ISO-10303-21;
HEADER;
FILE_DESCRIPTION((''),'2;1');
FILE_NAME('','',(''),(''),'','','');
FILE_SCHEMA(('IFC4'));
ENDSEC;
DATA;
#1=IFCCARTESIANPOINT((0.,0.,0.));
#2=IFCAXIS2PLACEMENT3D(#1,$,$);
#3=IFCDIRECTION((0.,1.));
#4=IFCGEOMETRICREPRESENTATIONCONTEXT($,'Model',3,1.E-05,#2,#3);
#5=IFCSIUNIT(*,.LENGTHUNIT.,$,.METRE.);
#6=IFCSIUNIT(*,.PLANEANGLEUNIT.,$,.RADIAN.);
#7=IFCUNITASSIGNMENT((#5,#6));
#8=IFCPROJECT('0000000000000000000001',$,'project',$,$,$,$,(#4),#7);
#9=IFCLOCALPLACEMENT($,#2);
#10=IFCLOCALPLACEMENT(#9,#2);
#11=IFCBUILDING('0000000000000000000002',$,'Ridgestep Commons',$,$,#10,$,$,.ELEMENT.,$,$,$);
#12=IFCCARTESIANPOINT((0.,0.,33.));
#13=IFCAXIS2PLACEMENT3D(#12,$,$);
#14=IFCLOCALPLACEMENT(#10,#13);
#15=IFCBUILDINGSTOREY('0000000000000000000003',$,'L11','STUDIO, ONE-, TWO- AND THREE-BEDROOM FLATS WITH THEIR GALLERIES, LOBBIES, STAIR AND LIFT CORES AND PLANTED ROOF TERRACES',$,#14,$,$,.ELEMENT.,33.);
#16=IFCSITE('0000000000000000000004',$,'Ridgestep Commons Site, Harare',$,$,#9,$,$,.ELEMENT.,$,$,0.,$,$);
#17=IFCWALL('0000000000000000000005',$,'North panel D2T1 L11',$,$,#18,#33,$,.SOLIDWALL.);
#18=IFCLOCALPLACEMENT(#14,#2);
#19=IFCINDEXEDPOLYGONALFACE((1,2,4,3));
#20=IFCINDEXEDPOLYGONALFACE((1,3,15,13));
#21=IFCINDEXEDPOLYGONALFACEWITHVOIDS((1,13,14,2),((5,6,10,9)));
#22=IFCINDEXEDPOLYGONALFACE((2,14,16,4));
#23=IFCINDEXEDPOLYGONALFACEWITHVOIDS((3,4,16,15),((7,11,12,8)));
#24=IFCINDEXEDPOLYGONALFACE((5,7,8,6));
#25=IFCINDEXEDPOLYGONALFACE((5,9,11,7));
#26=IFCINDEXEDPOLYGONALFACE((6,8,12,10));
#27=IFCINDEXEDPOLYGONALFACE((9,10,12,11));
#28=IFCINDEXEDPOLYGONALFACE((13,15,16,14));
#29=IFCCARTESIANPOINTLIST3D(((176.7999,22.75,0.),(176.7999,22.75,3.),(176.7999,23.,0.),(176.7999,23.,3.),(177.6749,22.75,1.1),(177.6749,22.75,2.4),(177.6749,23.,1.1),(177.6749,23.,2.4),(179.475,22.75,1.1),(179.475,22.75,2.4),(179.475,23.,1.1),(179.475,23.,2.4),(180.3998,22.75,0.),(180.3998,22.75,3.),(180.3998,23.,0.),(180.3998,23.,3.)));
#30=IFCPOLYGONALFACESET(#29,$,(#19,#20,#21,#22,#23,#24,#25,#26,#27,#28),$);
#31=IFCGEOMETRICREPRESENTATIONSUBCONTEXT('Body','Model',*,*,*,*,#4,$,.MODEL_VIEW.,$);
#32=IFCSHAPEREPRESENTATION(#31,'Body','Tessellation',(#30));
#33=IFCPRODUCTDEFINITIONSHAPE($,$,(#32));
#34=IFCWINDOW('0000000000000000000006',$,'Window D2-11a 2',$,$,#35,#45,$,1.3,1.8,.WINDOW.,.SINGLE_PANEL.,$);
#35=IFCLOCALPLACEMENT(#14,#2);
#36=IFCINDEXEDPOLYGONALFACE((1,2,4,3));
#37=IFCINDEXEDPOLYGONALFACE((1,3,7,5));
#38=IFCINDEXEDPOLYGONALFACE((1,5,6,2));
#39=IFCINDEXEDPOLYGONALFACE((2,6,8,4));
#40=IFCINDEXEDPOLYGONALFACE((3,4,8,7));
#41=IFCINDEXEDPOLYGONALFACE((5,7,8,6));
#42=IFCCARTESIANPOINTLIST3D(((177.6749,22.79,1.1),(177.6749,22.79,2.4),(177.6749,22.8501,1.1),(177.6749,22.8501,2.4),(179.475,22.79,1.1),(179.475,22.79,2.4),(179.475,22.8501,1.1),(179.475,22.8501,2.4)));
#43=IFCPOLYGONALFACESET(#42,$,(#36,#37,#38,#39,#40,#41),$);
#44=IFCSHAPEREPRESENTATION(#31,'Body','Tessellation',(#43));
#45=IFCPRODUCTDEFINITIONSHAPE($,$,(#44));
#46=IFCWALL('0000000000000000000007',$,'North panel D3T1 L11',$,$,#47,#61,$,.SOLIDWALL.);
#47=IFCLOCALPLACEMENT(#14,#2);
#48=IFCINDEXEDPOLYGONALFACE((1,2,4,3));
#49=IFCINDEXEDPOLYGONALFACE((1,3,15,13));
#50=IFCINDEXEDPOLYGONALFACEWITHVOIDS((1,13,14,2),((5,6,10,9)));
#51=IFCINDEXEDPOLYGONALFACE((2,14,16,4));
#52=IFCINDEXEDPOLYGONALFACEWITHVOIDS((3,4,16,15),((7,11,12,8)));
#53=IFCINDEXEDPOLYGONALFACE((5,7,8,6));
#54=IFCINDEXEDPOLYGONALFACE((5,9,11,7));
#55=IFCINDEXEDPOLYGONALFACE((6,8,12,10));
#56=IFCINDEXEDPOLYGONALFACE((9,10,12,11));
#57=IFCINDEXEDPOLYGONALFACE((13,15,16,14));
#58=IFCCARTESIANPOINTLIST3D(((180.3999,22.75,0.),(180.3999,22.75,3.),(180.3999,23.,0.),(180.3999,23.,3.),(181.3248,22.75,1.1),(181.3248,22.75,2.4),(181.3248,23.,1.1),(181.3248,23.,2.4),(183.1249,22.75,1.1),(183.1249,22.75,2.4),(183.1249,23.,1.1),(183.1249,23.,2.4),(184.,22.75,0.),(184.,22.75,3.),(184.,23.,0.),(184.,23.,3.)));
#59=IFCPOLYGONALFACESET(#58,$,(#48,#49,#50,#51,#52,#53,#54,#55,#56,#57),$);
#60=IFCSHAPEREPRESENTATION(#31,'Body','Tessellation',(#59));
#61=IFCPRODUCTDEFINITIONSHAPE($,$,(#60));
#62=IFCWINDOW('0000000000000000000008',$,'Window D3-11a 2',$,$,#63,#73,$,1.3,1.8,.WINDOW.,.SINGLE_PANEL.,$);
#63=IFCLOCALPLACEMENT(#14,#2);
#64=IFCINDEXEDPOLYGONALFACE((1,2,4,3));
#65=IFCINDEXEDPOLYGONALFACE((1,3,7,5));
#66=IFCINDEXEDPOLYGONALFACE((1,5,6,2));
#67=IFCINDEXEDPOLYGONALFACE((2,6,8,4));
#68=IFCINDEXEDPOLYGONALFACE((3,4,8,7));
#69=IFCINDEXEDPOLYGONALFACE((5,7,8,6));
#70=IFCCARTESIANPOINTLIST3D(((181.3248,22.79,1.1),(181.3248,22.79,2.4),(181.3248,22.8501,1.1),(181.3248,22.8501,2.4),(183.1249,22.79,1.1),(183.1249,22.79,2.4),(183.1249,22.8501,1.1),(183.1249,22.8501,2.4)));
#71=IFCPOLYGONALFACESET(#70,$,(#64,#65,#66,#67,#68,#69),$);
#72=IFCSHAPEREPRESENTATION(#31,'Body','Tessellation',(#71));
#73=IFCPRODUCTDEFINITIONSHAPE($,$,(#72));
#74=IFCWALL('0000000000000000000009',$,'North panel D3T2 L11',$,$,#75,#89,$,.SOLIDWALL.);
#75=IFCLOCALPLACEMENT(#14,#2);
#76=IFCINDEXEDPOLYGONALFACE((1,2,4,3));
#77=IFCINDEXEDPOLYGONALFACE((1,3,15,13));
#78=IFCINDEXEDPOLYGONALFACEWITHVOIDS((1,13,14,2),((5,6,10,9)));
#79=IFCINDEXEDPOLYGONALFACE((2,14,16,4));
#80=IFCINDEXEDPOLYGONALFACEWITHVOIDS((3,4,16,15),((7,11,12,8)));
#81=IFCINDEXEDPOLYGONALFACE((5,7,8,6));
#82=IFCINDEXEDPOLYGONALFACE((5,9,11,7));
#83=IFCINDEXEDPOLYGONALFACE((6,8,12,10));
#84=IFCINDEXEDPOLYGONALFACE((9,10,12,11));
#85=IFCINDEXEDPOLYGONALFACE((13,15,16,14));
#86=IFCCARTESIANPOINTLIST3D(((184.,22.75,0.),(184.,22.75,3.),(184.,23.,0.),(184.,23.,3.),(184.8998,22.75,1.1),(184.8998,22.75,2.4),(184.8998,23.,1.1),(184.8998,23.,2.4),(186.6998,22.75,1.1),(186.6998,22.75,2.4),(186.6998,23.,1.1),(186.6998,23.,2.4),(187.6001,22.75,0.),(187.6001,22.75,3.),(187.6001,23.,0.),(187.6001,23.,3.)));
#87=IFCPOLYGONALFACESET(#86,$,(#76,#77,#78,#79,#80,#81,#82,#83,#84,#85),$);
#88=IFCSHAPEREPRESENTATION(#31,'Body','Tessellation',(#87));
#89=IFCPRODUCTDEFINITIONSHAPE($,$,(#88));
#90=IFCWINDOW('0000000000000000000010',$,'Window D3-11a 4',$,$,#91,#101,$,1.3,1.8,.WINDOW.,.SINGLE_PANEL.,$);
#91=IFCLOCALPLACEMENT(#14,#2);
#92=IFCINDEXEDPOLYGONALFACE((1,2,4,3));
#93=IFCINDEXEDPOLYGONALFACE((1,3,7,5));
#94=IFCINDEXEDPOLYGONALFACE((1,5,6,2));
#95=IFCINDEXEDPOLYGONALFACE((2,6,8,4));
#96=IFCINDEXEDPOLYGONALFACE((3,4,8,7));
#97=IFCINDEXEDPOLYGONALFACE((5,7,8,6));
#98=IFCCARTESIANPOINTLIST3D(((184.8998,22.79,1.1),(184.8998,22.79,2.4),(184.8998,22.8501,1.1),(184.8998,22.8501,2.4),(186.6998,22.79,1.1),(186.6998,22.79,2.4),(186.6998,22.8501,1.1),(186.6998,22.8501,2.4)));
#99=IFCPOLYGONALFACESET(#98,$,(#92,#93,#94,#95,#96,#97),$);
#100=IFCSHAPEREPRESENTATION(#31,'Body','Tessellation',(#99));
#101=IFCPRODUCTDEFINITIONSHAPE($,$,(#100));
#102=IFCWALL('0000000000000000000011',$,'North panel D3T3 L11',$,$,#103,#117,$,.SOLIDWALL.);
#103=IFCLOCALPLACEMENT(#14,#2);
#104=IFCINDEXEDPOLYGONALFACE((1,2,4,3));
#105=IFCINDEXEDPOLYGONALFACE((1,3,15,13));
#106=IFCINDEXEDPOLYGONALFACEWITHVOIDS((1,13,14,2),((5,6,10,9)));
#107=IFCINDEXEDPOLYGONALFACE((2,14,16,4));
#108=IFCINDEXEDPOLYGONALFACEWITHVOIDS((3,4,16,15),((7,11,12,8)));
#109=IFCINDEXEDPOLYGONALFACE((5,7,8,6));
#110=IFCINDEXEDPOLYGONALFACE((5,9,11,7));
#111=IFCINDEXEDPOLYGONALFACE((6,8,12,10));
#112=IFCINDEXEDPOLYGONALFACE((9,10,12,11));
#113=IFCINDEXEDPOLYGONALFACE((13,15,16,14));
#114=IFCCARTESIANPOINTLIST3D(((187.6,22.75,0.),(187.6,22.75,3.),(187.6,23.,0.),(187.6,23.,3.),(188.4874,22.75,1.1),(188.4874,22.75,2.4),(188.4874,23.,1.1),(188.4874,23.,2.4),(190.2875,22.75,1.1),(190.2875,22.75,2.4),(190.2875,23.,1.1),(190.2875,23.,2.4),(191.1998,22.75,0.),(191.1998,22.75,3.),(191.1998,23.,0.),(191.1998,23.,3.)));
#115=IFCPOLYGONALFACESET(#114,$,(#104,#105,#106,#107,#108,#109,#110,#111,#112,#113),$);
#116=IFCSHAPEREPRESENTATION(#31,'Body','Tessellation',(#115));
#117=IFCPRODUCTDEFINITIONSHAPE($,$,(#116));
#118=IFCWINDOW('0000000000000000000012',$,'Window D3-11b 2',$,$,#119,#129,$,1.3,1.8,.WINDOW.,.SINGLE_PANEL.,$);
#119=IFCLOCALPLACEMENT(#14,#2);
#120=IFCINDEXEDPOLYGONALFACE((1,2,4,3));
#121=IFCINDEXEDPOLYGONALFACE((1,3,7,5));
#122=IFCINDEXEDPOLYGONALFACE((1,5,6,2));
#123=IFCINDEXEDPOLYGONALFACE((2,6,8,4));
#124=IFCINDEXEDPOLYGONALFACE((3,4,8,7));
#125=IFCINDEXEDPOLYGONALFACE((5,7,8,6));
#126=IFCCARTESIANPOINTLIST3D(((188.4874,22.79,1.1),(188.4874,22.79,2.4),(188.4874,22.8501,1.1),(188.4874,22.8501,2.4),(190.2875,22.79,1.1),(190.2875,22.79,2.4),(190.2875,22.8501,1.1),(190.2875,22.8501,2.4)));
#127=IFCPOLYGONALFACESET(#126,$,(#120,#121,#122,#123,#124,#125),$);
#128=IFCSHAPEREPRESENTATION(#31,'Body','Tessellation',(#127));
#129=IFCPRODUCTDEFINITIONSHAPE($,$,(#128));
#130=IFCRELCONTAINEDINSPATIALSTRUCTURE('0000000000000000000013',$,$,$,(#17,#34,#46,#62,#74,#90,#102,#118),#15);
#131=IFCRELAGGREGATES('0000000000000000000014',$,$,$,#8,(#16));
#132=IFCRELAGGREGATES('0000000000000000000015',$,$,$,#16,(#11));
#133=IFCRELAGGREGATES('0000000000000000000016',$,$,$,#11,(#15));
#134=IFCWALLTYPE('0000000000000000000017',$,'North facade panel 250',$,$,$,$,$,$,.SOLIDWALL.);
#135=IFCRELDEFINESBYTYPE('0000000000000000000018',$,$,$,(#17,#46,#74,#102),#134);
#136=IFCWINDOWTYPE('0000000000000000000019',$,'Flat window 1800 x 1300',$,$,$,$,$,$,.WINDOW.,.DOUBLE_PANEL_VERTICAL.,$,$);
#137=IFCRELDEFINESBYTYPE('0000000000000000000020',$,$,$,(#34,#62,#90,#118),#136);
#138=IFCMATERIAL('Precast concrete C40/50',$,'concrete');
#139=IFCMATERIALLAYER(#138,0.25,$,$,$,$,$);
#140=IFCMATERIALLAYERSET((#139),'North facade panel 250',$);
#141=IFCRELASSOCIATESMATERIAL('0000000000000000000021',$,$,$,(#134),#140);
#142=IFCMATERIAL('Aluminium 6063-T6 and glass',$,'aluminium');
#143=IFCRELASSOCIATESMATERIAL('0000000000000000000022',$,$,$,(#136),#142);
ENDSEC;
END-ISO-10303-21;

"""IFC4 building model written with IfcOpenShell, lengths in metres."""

from ifc_helpers import new_model, si_unit, direction, frame, frame_2d, origin, place, context, subcontext, project, spatial, rectangle, extrude, material, layer, layer_set, type_object, element, fill, save


model = new_model("IFC4")

# Units and contexts
model_context = context("Model", 3, precision=1e-05, world=origin(), true_north=direction((0.0, 1.0)))
body_context = subcontext(model_context, "Body", "Model", "MODEL_VIEW")
ifc_project = project(units=[si_unit("LENGTHUNIT", "METRE"), si_unit("PLANEANGLEUNIT", "RADIAN")], contexts=[model_context])

# Site, building, storey
site_placement = place(None, origin())
site = spatial("IfcSite", under=ifc_project, at=site_placement, Name="Ridgestep Commons Site, Harare", CompositionType="ELEMENT", RefElevation=0.0)
building_placement = place(site_placement, origin())
building = spatial("IfcBuilding", under=site, at=building_placement, Name="Ridgestep Commons", CompositionType="ELEMENT")
storey_placement = place(building_placement, frame((0.0, 0.0, 33.0)))
storey = spatial("IfcBuildingStorey", under=building, at=storey_placement, Name="L11", Description="STUDIO, ONE-, TWO- AND THREE-BEDROOM FLATS WITH THEIR GALLERIES, LOBBIES, STAIR AND LIFT CORES AND PLANTED ROOF TERRACES", CompositionType="ELEMENT", Elevation=33.0)

# Walls, openings, windows
ifc_material_1 = material(Name="Precast concrete C40/50", Category="concrete")
ifc_layer_1 = layer(ifc_material_1, 0.25)
ifc_layer_set_1 = layer_set([ifc_layer_1], Name="North facade panel 250")
wall_type_1 = type_object("IfcWallType", Name="North facade panel 250", PredefinedType="SOLIDWALL", material=ifc_layer_set_1)
wall_1_placement = place(storey_placement, frame((176.8, 22.875, 0.0), z_axis=(0.0, 0.0, 1.0), x_axis=(1.0, 0.0, 0.0)))
wall_1 = element("IfcWall", 1, at=wall_1_placement, inside=storey, type_object=wall_type_1, Name="North panel D2T1 L11", PredefinedType="SOLIDWALL", context=body_context, shape_type="SweptSolid", body=[
    extrude(rectangle(XDim=3.5999, YDim=0.25, at=frame_2d((1.7998, 0.0))), origin(), (0.0, 0.0, 1.0), 3.0),
])
opening_1_placement = place(wall_1_placement, frame((0.875, 0.0, 1.1001)))
opening_1 = element("IfcOpeningElement", 2, at=opening_1_placement, cuts=wall_1, PredefinedType="OPENING", context=body_context, shape_type="SweptSolid", body=[
    extrude(rectangle(XDim=1.8, YDim=1.3, at=frame_2d((0.8999, 0.6499))), frame((0.0, 0.135, 0.0), z_axis=(0.0, -1.0, 0.0), x_axis=(1.0, 0.0, 0.0)), (0.0, 0.0, 1.0), 0.27),
])
ifc_material_2 = material(Name="Aluminium 6063-T6 and glass", Category="aluminium")
window_type = type_object("IfcWindowType", Name="Flat window 1800 x 1300", PartitioningType="DOUBLE_PANEL_VERTICAL", PredefinedType="WINDOW", material=ifc_material_2)
window_1_placement = place(opening_1_placement, origin())
window_1 = element("IfcWindow", 3, at=window_1_placement, inside=storey, type_object=window_type, Name="Window D2-11a 2", OverallHeight=1.3, OverallWidth=1.8, PartitioningType="SINGLE_PANEL", PredefinedType="WINDOW", context=body_context, shape_type="SweptSolid", body=[
    extrude(rectangle(XDim=1.8, YDim=1.3, at=frame_2d((0.8999, 0.6499))), frame((0.0, -0.0249, 0.0), z_axis=(0.0, -1.0, 0.0), x_axis=(1.0, 0.0, 0.0)), (0.0, 0.0, 1.0), 0.0601),
])
fill(opening_1, window_1)
wall_2_placement = place(storey_placement, frame((180.3999, 22.875, 0.0), z_axis=(0.0, 0.0, 1.0), x_axis=(1.0, 0.0, 0.0)))
wall_2 = element("IfcWall", 4, at=wall_2_placement, inside=storey, type_object=wall_type_1, Name="North panel D3T1 L11", PredefinedType="SOLIDWALL", context=body_context, shape_type="SweptSolid", body=[
    extrude(rectangle(XDim=3.6001, YDim=0.25, at=frame_2d((1.8, 0.0))), origin(), (0.0, 0.0, 1.0), 3.0),
])
opening_2_placement = place(wall_2_placement, frame((0.925, 0.0, 1.1001)))
opening_2 = element("IfcOpeningElement", 5, at=opening_2_placement, cuts=wall_2, PredefinedType="OPENING", context=body_context, shape_type="SweptSolid", body=[
    extrude(rectangle(XDim=1.8, YDim=1.3, at=frame_2d((0.8999, 0.6499))), frame((0.0, 0.135, 0.0), z_axis=(0.0, -1.0, 0.0), x_axis=(1.0, 0.0, 0.0)), (0.0, 0.0, 1.0), 0.27),
])
window_2_placement = place(opening_2_placement, origin())
window_2 = element("IfcWindow", 6, at=window_2_placement, inside=storey, type_object=window_type, Name="Window D3-11a 2", OverallHeight=1.3, OverallWidth=1.8, PartitioningType="SINGLE_PANEL", PredefinedType="WINDOW", context=body_context, shape_type="SweptSolid", body=[
    extrude(rectangle(XDim=1.8, YDim=1.3, at=frame_2d((0.8999, 0.6499))), frame((0.0, -0.0249, 0.0), z_axis=(0.0, -1.0, 0.0), x_axis=(1.0, 0.0, 0.0)), (0.0, 0.0, 1.0), 0.0601),
])
fill(opening_2, window_2)
wall_3_placement = place(storey_placement, frame((184.0, 22.875, 0.0), z_axis=(0.0, 0.0, 1.0), x_axis=(1.0, 0.0, 0.0)))
wall_3 = element("IfcWall", 7, at=wall_3_placement, inside=storey, type_object=wall_type_1, Name="North panel D3T2 L11", PredefinedType="SOLIDWALL", context=body_context, shape_type="SweptSolid", body=[
    extrude(rectangle(XDim=3.6001, YDim=0.25, at=frame_2d((1.8, 0.0))), origin(), (0.0, 0.0, 1.0), 3.0),
])
opening_3_placement = place(wall_3_placement, frame((0.8999, 0.0, 1.1001)))
opening_3 = element("IfcOpeningElement", 8, at=opening_3_placement, cuts=wall_3, PredefinedType="OPENING", context=body_context, shape_type="SweptSolid", body=[
    extrude(rectangle(XDim=1.8, YDim=1.3, at=frame_2d((0.8999, 0.6499))), frame((0.0, 0.135, 0.0), z_axis=(0.0, -1.0, 0.0), x_axis=(1.0, 0.0, 0.0)), (0.0, 0.0, 1.0), 0.27),
])
window_3_placement = place(opening_3_placement, origin())
window_3 = element("IfcWindow", 9, at=window_3_placement, inside=storey, type_object=window_type, Name="Window D3-11a 4", OverallHeight=1.3, OverallWidth=1.8, PartitioningType="SINGLE_PANEL", PredefinedType="WINDOW", context=body_context, shape_type="SweptSolid", body=[
    extrude(rectangle(XDim=1.8, YDim=1.3, at=frame_2d((0.8999, 0.6499))), frame((0.0, -0.0249, 0.0), z_axis=(0.0, -1.0, 0.0), x_axis=(1.0, 0.0, 0.0)), (0.0, 0.0, 1.0), 0.0601),
])
fill(opening_3, window_3)
wall_4_placement = place(storey_placement, frame((187.6001, 22.875, 0.0), z_axis=(0.0, 0.0, 1.0), x_axis=(1.0, 0.0, 0.0)))
wall_4 = element("IfcWall", 10, at=wall_4_placement, inside=storey, type_object=wall_type_1, Name="North panel D3T3 L11", PredefinedType="SOLIDWALL", context=body_context, shape_type="SweptSolid", body=[
    extrude(rectangle(XDim=3.5999, YDim=0.25, at=frame_2d((1.7998, 0.0))), origin(), (0.0, 0.0, 1.0), 3.0),
])
opening_4_placement = place(wall_4_placement, frame((0.8875, 0.0, 1.1001)))
opening_4 = element("IfcOpeningElement", 11, at=opening_4_placement, cuts=wall_4, PredefinedType="OPENING", context=body_context, shape_type="SweptSolid", body=[
    extrude(rectangle(XDim=1.8, YDim=1.3, at=frame_2d((0.8999, 0.6499))), frame((0.0, 0.135, 0.0), z_axis=(0.0, -1.0, 0.0), x_axis=(1.0, 0.0, 0.0)), (0.0, 0.0, 1.0), 0.27),
])
window_4_placement = place(opening_4_placement, origin())
window_4 = element("IfcWindow", 12, at=window_4_placement, inside=storey, type_object=window_type, Name="Window D3-11b 2", OverallHeight=1.3, OverallWidth=1.8, PartitioningType="SINGLE_PANEL", PredefinedType="WINDOW", context=body_context, shape_type="SweptSolid", body=[
    extrude(rectangle(XDim=1.8, YDim=1.3, at=frame_2d((0.8999, 0.6499))), frame((0.0, -0.0249, 0.0), z_axis=(0.0, -1.0, 0.0), x_axis=(1.0, 0.0, 0.0)), (0.0, 0.0, 1.0), 0.0601),
])
fill(opening_4, window_4)

save(model, "model.ifc")
